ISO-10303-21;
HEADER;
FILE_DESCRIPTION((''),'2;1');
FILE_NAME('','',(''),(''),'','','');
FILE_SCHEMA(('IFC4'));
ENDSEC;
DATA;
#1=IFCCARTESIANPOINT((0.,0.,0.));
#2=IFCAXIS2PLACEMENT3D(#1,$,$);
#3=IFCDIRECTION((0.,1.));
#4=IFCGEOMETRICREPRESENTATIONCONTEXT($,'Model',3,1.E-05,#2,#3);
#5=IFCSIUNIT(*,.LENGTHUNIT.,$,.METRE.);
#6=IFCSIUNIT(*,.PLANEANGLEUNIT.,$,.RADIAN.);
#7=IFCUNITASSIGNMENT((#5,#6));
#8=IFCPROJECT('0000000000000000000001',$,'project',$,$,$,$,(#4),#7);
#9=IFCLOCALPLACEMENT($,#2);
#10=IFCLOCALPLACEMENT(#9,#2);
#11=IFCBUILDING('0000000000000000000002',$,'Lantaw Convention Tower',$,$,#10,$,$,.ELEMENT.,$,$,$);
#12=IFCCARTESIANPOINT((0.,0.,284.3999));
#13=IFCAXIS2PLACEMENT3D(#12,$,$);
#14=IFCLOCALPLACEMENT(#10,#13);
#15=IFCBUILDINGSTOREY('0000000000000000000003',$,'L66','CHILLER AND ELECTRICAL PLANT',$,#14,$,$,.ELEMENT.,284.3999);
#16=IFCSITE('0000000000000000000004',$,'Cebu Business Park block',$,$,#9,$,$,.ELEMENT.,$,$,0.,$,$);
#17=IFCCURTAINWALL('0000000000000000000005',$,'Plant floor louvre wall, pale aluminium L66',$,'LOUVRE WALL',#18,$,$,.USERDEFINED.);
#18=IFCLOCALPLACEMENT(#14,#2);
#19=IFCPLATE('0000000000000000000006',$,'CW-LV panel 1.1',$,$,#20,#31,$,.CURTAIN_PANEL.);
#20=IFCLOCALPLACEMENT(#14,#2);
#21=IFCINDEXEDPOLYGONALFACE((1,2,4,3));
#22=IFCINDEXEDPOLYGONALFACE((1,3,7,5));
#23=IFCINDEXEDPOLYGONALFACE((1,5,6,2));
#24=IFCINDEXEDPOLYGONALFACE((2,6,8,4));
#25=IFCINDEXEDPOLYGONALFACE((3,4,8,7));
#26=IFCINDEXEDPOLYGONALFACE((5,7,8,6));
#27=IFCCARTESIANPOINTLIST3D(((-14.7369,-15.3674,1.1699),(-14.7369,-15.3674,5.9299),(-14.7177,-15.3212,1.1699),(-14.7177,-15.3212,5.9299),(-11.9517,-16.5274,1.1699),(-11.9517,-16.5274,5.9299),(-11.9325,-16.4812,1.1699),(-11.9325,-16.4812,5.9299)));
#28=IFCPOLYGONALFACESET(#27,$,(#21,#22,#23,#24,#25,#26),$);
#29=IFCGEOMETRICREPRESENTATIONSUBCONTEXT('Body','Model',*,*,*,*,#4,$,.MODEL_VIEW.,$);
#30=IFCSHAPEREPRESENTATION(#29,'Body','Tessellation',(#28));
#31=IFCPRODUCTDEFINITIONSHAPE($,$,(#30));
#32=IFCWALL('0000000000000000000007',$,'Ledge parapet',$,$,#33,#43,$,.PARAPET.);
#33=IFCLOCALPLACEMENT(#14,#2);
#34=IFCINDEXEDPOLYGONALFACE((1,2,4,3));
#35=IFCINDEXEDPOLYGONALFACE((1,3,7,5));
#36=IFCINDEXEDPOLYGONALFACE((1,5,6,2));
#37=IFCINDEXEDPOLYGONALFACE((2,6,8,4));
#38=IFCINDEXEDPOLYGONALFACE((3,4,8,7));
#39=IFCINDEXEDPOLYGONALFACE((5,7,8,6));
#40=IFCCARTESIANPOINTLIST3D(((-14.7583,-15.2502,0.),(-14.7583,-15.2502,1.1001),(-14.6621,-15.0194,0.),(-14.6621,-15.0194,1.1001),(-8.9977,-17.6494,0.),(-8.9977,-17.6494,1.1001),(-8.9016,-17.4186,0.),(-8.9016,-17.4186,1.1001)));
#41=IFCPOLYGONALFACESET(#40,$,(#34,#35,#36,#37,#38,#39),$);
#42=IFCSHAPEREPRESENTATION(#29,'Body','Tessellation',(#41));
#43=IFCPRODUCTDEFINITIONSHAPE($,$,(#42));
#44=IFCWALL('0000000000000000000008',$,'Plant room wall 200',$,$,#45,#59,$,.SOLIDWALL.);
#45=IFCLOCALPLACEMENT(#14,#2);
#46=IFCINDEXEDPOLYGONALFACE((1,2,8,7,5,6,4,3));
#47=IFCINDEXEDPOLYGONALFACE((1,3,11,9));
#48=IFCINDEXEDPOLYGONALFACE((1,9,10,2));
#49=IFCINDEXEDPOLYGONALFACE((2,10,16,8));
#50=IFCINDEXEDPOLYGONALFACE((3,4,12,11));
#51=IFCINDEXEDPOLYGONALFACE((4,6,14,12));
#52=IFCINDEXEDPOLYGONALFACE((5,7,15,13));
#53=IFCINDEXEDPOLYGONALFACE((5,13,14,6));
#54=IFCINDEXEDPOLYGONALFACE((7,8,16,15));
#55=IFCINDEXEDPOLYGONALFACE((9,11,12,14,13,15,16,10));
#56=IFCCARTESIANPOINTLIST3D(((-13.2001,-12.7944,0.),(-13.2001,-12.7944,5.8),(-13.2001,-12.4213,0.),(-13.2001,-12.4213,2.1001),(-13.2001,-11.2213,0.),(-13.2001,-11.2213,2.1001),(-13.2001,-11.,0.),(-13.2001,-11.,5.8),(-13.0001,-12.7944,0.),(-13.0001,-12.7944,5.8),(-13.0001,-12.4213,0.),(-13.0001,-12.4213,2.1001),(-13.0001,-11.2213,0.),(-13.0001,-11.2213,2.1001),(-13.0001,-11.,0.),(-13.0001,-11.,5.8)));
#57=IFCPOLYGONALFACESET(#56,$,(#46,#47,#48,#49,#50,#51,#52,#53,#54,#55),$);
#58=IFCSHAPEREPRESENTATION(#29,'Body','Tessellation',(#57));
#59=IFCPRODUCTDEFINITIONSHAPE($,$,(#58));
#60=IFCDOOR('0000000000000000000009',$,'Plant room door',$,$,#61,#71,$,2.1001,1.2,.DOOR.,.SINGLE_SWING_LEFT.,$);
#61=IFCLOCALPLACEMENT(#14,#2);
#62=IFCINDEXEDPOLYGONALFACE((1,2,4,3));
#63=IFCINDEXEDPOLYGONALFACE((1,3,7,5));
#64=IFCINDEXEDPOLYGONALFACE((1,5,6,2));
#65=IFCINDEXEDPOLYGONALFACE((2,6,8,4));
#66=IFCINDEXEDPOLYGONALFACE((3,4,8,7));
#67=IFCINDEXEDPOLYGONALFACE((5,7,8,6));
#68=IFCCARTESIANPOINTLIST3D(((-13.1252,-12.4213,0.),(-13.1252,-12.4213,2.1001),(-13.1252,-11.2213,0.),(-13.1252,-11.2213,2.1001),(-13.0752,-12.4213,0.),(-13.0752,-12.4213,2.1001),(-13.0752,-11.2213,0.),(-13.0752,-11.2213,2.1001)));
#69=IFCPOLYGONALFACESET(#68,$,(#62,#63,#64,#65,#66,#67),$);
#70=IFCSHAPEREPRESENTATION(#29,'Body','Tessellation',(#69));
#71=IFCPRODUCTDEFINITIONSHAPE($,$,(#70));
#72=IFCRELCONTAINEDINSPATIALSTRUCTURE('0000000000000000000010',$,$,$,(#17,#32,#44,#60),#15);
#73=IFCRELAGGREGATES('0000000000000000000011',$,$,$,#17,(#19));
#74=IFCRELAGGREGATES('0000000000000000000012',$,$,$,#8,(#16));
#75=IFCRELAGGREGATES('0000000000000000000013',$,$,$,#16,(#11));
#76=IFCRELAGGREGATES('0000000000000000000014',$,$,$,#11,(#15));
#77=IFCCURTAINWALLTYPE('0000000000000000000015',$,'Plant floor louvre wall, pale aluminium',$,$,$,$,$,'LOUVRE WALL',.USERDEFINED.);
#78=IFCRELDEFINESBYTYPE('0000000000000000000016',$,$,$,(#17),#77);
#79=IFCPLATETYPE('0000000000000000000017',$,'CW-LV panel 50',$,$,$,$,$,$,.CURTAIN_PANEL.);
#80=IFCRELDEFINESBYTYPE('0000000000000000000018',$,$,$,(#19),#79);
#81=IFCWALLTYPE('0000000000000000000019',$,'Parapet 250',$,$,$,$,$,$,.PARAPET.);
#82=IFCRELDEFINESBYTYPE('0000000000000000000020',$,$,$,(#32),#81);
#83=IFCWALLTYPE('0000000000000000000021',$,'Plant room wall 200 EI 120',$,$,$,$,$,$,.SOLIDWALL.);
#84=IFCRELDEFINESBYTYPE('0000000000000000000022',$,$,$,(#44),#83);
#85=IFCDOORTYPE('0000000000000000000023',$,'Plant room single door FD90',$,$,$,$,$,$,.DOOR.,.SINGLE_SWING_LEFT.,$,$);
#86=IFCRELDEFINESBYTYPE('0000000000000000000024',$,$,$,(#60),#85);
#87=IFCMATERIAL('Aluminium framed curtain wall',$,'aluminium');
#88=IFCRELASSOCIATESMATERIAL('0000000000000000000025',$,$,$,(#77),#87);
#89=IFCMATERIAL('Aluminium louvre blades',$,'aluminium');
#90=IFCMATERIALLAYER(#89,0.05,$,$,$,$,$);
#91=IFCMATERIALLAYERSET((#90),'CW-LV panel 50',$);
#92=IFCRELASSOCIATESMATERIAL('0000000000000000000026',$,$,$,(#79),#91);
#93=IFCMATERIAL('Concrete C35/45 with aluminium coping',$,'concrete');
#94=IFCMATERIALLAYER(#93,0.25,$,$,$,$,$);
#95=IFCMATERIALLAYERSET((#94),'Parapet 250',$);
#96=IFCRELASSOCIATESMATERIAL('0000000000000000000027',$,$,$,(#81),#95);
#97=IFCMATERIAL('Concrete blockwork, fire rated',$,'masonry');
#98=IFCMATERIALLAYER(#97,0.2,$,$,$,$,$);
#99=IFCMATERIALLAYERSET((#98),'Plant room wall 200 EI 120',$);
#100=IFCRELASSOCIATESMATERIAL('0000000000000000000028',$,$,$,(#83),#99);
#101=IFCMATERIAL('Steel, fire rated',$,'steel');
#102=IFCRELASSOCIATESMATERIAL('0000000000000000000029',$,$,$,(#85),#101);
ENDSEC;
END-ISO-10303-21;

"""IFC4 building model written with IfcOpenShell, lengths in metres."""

from ifc_helpers import new_model, si_unit, direction, frame, frame_2d, origin, origin_2d, place, context, subcontext, project, spatial, rectangle, extrude, material, layer, layer_set, type_object, element, fill, aggregate, save


model = new_model("IFC4")

# Units and contexts
model_context = context("Model", 3, precision=1e-05, world=origin(), true_north=direction((0.0, 1.0)))
body_context = subcontext(model_context, "Body", "Model", "MODEL_VIEW")
ifc_project = project(units=[si_unit("LENGTHUNIT", "METRE"), si_unit("PLANEANGLEUNIT", "RADIAN")], contexts=[model_context])

# Site, building, storey
site_placement = place(None, origin())
site = spatial("IfcSite", under=ifc_project, at=site_placement, Name="Cebu Business Park block", CompositionType="ELEMENT", RefElevation=0.0)
building_placement = place(site_placement, origin())
building = spatial("IfcBuilding", under=site, at=building_placement, Name="Lantaw Convention Tower", CompositionType="ELEMENT")
storey_placement = place(building_placement, frame((0.0, 0.0, 284.3999)))
storey = spatial("IfcBuildingStorey", under=building, at=storey_placement, Name="L66", Description="CHILLER AND ELECTRICAL PLANT", CompositionType="ELEMENT", Elevation=284.3999)

# Shared definitions
ifc_material_1 = material(Name="Aluminium framed curtain wall", Category="aluminium")

# Shared definitions
curtain_wall_type_1 = type_object("IfcCurtainWallType", Name="Plant floor louvre wall, pale aluminium", ElementType="LOUVRE WALL", PredefinedType="USERDEFINED", material=ifc_material_1)

# Curtain wall
curtain_wall_1_placement = place(storey_placement, origin())
curtain_wall_1 = element("IfcCurtainWall", 1, at=curtain_wall_1_placement, inside=storey, type_object=curtain_wall_type_1, Name="Plant floor louvre wall, pale aluminium L66", ObjectType="LOUVRE WALL", PredefinedType="USERDEFINED")

# Plate
ifc_material_2 = material(Name="Aluminium louvre blades", Category="aluminium")
ifc_layer_1 = layer(ifc_material_2, 0.05)
ifc_layer_set_1 = layer_set([ifc_layer_1], Name="CW-LV panel 50")
plate_type_1 = type_object("IfcPlateType", Name="CW-LV panel 50", PredefinedType="CURTAIN_PANEL", material=ifc_layer_set_1)
plate_1_placement = place(storey_placement, frame((-13.3347, -15.9243, 1.1699), z_axis=(0.0, 0.0, 1.0), x_axis=(0.923142, -0.38446, 0.0)))
plate_1 = element("IfcPlate", 2, at=plate_1_placement, type_object=plate_type_1, Name="CW-LV panel 1.1", PredefinedType="CURTAIN_PANEL", context=body_context, shape_type="SweptSolid", body=[
    extrude(rectangle(XDim=3.0171, YDim=0.05, at=origin_2d()), origin(), (0.0, 0.0, 1.0), 4.76),
])
aggregate(curtain_wall_1, [plate_1])

# Wall
ifc_material_3 = material(Name="Concrete C35/45 with aluminium coping", Category="concrete")
ifc_layer_2 = layer(ifc_material_3, 0.25)
ifc_layer_set_2 = layer_set([ifc_layer_2], Name="Parapet 250")
wall_type_1 = type_object("IfcWallType", Name="Parapet 250", PredefinedType="PARAPET", material=ifc_layer_set_2)
wall_1_placement = place(storey_placement, frame((-14.7102, -15.1348, 0.0), z_axis=(0.0, 0.0, 1.0), x_axis=(0.923136, -0.384474, 0.0)))
element("IfcWall", 3, at=wall_1_placement, inside=storey, type_object=wall_type_1, Name="Ledge parapet", PredefinedType="PARAPET", context=body_context, shape_type="SweptSolid", body=[
    extrude(rectangle(XDim=6.2402, YDim=0.25, at=frame_2d((3.1201, 0.0))), origin(), (0.0, 0.0, 1.0), 1.1001),
])

# Wall, opening, door
ifc_material_4 = material(Name="Concrete blockwork, fire rated", Category="masonry")
ifc_layer_3 = layer(ifc_material_4, 0.2)
ifc_layer_set_3 = layer_set([ifc_layer_3], Name="Plant room wall 200 EI 120")
wall_type_2 = type_object("IfcWallType", Name="Plant room wall 200 EI 120", PredefinedType="SOLIDWALL", material=ifc_layer_set_3)
wall_2_placement = place(storey_placement, frame((-13.1001, -11.0, 0.0), z_axis=(0.0, 0.0, 1.0), x_axis=(0.0, -1.0, 0.0)))
wall_2 = element("IfcWall", 4, at=wall_2_placement, inside=storey, type_object=wall_type_2, Name="Plant room wall 200", PredefinedType="SOLIDWALL", context=body_context, shape_type="SweptSolid", body=[
    extrude(rectangle(XDim=1.7944, YDim=0.2, at=frame_2d((0.8972, 0.0))), origin(), (0.0, 0.0, 1.0), 5.8),
])
opening_placement = place(wall_2_placement, frame((0.2212, 0.0, 0.0)))
opening = element("IfcOpeningElement", 5, at=opening_placement, cuts=wall_2, PredefinedType="OPENING", context=body_context, shape_type="SweptSolid", body=[
    extrude(rectangle(XDim=1.2, YDim=2.1001, at=frame_2d((0.6001, 1.05))), frame((0.0, 0.1099, 0.0), z_axis=(0.0, -1.0, 0.0), x_axis=(1.0, 0.0, 0.0)), (0.0, 0.0, 1.0), 0.22),
])
ifc_material_5 = material(Name="Steel, fire rated", Category="steel")
door_type = type_object("IfcDoorType", Name="Plant room single door FD90", OperationType="SINGLE_SWING_LEFT", PredefinedType="DOOR", material=ifc_material_5)
door_placement = place(opening_placement, origin())
door = element("IfcDoor", 6, at=door_placement, inside=storey, type_object=door_type, Name="Plant room door", OperationType="SINGLE_SWING_LEFT", OverallHeight=2.1001, OverallWidth=1.2, PredefinedType="DOOR", context=body_context, shape_type="SweptSolid", body=[
    extrude(rectangle(XDim=1.2, YDim=2.1001, at=frame_2d((0.6001, 1.05))), frame((0.0, 0.0249, 0.0), z_axis=(0.0, -1.0, 0.0), x_axis=(1.0, 0.0, 0.0)), (0.0, 0.0, 1.0), 0.05),
])
fill(opening, door)

save(model, "model.ifc")
